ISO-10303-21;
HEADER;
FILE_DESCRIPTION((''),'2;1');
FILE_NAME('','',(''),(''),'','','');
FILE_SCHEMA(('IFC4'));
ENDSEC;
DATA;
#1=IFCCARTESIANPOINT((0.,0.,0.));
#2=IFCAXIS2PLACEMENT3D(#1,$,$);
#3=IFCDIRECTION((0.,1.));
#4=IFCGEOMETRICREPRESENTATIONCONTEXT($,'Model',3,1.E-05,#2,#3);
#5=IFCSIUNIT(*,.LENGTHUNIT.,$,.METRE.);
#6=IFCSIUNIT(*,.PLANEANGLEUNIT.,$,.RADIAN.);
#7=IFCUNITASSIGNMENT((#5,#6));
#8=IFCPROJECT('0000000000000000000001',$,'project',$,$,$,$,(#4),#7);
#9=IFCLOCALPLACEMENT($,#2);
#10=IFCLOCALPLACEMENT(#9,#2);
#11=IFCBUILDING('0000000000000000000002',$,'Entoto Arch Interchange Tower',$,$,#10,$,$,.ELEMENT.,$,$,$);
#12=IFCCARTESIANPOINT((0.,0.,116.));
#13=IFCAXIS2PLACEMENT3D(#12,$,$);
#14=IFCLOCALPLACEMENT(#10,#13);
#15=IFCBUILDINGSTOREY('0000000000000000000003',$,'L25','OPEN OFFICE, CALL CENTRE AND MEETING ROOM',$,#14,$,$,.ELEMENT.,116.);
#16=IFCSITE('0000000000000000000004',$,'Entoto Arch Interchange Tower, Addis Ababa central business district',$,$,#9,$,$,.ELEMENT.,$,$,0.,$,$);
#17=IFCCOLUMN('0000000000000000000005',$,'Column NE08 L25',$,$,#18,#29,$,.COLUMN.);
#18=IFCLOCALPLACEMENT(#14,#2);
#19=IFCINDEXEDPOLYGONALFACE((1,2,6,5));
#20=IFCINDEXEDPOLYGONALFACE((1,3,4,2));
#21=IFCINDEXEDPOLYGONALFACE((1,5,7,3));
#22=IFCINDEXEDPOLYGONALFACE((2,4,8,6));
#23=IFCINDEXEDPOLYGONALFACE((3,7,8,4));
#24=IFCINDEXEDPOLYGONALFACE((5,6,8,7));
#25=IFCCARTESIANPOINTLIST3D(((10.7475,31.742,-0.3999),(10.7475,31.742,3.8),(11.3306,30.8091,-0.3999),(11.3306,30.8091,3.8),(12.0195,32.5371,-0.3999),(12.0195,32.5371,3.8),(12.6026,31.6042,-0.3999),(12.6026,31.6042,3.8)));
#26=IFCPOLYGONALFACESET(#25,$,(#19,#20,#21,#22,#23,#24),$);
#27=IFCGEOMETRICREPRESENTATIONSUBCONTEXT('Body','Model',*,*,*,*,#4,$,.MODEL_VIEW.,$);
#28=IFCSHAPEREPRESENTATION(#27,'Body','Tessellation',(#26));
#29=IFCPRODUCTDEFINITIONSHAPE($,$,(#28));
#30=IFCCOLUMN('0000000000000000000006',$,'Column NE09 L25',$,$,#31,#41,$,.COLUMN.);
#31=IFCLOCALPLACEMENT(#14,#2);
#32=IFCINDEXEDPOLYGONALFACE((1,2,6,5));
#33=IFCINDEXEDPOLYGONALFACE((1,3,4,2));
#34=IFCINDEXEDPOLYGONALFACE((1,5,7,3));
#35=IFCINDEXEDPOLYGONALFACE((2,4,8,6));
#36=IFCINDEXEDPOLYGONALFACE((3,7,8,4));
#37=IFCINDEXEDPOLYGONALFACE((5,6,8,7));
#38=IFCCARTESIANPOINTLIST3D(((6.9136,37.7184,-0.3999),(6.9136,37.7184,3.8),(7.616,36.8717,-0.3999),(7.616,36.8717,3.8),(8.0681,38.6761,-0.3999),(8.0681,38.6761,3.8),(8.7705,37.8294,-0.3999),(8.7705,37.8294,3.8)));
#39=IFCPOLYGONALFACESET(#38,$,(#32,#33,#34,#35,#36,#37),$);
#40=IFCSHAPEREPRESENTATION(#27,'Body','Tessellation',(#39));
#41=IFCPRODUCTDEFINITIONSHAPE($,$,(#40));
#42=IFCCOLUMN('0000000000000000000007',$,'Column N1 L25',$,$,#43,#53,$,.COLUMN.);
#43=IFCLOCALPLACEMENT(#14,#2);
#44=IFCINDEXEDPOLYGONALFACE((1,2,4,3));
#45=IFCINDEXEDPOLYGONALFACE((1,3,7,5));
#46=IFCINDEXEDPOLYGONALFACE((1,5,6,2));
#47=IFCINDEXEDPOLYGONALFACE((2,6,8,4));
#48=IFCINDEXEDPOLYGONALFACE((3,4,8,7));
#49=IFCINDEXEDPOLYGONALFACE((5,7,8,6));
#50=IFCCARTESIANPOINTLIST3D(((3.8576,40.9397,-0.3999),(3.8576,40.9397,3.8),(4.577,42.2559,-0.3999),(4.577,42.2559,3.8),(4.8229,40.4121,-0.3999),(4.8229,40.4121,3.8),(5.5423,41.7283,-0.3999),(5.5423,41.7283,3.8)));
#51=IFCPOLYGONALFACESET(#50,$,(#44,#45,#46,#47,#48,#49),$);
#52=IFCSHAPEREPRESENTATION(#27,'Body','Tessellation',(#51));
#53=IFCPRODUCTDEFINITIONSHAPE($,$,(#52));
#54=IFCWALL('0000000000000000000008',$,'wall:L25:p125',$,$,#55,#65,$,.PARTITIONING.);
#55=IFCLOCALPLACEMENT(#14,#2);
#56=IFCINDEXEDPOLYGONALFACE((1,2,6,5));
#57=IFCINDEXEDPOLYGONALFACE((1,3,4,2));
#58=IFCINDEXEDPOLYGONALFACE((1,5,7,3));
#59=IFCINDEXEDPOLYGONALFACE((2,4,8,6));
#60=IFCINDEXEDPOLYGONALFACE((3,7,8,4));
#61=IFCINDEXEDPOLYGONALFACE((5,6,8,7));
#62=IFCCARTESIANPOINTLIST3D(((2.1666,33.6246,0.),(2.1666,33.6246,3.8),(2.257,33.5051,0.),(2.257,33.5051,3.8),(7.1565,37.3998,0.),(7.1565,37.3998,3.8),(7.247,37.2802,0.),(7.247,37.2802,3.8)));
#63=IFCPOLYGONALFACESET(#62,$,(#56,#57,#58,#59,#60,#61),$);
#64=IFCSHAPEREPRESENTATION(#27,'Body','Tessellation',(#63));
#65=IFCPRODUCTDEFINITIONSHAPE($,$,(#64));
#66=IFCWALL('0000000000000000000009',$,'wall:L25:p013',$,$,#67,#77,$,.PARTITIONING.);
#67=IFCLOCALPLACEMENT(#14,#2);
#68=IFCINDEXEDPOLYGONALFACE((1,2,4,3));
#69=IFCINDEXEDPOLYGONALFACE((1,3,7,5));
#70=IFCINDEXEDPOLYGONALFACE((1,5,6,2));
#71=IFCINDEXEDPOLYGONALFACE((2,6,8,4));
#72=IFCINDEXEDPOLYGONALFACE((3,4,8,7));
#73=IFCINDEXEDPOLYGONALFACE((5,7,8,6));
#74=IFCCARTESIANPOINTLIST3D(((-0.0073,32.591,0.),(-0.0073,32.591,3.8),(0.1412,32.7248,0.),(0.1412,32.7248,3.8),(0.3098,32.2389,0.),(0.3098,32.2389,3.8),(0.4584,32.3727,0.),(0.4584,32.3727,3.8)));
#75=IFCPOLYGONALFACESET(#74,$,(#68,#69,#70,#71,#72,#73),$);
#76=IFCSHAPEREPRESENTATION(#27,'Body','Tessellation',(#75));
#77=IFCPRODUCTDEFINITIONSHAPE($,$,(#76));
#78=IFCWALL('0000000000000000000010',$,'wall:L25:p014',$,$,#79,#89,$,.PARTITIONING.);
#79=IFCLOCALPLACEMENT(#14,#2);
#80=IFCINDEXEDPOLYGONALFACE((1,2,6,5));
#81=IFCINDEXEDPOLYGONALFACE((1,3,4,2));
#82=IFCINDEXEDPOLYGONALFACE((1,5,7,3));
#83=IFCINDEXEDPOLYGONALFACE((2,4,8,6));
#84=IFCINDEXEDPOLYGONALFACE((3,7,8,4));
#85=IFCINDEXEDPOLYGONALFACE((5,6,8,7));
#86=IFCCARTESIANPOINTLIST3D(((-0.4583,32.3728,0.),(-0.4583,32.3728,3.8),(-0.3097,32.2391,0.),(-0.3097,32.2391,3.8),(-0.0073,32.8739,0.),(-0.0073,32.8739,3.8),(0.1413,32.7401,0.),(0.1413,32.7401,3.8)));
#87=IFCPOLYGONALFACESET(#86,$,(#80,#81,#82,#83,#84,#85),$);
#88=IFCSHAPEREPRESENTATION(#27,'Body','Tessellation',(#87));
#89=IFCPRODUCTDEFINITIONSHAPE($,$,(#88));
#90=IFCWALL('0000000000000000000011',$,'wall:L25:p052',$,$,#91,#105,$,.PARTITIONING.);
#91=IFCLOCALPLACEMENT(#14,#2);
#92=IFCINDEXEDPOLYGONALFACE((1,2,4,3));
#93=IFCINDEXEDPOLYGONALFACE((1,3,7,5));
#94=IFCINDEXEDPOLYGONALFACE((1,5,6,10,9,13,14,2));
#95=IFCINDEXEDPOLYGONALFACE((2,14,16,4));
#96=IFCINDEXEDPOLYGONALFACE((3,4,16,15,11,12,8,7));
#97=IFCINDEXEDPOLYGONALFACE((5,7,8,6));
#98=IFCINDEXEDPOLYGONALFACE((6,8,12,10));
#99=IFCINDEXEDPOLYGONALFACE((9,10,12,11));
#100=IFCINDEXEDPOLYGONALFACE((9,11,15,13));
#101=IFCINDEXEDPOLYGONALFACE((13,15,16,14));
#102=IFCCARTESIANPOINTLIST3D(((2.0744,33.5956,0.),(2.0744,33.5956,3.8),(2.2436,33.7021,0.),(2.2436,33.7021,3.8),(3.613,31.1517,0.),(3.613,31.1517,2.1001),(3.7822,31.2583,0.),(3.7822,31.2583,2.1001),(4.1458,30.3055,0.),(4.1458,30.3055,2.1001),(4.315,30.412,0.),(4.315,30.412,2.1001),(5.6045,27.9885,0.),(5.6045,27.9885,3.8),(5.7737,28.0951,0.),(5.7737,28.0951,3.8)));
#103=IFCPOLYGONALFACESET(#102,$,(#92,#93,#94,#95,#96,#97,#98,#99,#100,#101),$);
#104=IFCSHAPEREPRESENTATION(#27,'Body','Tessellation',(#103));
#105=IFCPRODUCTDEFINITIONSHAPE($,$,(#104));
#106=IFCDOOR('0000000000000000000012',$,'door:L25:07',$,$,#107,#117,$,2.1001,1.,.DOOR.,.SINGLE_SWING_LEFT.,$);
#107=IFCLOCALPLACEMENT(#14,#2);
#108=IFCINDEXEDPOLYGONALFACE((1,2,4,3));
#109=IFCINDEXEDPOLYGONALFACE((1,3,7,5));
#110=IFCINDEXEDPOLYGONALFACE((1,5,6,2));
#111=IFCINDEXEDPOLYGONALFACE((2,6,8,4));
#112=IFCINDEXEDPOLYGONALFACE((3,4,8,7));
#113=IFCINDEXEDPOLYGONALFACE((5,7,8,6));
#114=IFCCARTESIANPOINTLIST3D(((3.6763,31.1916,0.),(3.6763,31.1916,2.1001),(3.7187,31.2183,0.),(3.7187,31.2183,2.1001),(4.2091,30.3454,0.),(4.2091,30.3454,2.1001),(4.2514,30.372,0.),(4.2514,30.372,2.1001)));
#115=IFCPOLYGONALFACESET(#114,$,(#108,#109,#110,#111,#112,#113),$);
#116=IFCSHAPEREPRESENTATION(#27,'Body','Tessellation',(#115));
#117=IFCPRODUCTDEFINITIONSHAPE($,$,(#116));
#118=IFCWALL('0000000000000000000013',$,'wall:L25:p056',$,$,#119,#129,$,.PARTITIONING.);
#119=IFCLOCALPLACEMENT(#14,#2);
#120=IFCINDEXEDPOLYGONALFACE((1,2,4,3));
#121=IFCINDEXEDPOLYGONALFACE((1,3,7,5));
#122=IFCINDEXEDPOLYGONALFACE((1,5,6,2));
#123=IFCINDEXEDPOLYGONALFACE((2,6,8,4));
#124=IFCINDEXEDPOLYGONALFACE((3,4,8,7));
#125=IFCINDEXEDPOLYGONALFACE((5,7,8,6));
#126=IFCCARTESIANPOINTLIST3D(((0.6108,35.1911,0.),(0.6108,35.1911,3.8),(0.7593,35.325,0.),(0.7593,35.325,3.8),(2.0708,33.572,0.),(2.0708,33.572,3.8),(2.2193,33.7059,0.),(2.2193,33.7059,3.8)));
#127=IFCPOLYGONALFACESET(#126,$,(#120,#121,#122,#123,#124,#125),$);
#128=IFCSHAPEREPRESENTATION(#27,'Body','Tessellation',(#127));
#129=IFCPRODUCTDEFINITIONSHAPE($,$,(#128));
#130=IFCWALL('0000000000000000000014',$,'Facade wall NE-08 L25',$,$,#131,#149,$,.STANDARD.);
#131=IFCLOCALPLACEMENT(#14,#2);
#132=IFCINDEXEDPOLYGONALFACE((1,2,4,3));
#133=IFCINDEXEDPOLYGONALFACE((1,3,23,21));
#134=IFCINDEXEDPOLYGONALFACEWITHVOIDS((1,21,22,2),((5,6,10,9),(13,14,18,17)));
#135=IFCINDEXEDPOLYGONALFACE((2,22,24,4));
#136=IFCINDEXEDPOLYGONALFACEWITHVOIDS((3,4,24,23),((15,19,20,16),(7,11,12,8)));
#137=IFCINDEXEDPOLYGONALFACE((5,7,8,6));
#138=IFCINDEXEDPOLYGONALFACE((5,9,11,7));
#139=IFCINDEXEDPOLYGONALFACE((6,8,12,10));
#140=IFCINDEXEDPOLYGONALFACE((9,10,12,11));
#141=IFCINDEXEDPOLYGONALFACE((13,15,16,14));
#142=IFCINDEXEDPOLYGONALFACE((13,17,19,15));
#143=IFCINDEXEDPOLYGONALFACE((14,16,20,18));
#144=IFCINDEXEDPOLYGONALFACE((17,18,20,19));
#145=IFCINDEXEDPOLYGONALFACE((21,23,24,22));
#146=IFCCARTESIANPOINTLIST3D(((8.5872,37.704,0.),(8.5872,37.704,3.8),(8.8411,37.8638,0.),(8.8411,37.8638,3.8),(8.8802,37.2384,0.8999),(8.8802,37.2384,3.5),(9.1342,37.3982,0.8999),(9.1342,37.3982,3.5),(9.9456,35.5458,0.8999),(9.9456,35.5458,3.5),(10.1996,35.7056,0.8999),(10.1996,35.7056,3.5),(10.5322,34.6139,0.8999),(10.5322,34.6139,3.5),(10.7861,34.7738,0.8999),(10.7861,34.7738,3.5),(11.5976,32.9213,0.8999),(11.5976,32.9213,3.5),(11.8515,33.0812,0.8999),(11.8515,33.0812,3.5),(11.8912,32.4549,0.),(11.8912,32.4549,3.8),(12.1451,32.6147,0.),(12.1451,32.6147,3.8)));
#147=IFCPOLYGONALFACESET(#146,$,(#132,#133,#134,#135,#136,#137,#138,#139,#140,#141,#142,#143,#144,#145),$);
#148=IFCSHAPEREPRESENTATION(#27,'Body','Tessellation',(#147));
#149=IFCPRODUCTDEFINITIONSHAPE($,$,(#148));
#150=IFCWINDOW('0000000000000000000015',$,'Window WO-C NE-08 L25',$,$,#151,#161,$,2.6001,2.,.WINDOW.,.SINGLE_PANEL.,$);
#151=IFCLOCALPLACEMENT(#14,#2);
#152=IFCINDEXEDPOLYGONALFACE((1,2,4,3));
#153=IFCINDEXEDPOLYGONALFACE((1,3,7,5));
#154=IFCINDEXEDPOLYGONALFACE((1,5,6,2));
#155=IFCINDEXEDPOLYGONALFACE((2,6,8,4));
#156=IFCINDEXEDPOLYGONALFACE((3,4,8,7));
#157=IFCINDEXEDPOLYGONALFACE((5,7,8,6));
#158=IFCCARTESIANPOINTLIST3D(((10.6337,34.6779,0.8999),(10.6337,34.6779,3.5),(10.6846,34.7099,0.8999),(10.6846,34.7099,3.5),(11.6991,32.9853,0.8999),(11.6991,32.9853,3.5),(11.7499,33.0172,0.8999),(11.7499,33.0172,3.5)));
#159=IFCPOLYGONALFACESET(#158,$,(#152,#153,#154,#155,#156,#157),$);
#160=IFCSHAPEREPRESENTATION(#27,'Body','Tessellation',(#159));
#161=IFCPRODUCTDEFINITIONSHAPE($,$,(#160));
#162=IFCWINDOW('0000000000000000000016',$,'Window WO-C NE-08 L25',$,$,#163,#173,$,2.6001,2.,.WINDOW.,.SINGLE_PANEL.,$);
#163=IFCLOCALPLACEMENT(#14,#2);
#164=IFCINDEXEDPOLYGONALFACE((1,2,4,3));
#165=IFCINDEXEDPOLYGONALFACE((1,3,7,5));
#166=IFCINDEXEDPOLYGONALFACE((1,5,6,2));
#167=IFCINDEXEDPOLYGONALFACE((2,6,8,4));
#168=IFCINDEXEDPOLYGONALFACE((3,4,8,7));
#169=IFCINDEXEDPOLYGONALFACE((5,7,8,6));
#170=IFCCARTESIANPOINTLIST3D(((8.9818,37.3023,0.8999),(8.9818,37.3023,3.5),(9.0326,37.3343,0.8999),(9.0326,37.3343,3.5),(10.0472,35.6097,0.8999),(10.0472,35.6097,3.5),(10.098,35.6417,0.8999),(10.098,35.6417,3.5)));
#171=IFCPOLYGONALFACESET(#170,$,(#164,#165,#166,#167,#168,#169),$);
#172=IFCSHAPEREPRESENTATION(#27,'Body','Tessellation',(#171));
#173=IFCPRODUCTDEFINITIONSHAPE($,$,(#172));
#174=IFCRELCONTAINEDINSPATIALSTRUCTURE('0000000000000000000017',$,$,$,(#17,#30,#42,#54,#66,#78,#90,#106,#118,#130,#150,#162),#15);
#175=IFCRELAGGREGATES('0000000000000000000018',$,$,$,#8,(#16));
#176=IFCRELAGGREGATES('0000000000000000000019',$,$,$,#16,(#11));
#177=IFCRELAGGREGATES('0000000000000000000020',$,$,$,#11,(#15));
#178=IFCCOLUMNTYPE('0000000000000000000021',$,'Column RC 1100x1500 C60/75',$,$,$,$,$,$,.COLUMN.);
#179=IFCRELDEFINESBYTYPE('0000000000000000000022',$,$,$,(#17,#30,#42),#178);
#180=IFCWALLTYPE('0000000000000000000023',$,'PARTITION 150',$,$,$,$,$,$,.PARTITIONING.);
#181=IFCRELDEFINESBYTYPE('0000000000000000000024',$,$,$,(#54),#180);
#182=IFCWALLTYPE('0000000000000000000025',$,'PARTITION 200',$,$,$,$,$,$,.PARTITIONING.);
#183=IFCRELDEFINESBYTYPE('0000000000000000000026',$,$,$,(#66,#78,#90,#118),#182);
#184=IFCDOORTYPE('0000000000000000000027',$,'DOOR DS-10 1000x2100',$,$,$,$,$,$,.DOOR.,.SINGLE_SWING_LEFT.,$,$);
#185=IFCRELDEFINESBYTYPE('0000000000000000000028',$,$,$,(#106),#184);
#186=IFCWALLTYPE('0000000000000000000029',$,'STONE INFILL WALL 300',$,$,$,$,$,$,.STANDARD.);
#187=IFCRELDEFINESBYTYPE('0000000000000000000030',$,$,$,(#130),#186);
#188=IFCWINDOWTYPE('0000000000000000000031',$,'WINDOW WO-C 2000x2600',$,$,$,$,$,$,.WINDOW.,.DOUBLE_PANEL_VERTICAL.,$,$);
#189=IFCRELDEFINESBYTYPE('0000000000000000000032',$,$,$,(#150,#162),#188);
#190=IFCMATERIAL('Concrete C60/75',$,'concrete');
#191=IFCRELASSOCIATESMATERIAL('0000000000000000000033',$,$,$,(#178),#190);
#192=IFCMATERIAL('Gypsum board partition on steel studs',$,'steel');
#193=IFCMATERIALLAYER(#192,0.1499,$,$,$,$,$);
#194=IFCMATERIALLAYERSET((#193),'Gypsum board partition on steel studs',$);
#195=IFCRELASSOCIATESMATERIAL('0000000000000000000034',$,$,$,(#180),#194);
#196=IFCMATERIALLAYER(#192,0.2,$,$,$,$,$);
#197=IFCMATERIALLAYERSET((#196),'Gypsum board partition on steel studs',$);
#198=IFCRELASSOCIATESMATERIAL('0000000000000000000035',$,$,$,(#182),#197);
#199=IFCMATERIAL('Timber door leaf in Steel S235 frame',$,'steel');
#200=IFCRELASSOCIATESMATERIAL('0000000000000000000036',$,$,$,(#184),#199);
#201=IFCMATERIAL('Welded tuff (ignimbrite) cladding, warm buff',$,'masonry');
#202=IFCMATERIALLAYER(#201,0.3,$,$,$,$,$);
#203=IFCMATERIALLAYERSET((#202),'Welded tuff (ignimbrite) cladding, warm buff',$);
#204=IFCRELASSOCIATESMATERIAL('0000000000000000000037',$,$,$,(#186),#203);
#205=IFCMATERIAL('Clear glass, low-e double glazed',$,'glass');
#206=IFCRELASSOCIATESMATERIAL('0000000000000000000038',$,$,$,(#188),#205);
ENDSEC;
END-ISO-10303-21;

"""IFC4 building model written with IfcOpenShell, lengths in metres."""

from ifc_helpers import new_model, si_unit, direction, frame, frame_2d, origin, origin_2d, place, context, subcontext, project, spatial, rectangle, extrude, material, layer, layer_set, material_profile, profile_set, type_object, element, fill, save


model = new_model("IFC4")

# Units and contexts
model_context = context("Model", 3, precision=1e-05, world=origin(), true_north=direction((0.0, 1.0)))
body_context = subcontext(model_context, "Body", "Model", "MODEL_VIEW")
ifc_project = project(units=[si_unit("LENGTHUNIT", "METRE"), si_unit("PLANEANGLEUNIT", "RADIAN")], contexts=[model_context])

# Site, building, storey
site_placement = place(None, origin())
site = spatial("IfcSite", under=ifc_project, at=site_placement, Name="Entoto Arch Interchange Tower, Addis Ababa central business district", CompositionType="ELEMENT", RefElevation=0.0)
building_placement = place(site_placement, origin())
building = spatial("IfcBuilding", under=site, at=building_placement, Name="Entoto Arch Interchange Tower", CompositionType="ELEMENT")
storey_placement = place(building_placement, frame((0.0, 0.0, 116.0)))
storey = spatial("IfcBuildingStorey", under=building, at=storey_placement, Name="L25", Description="OPEN OFFICE, CALL CENTRE AND MEETING ROOM", CompositionType="ELEMENT", Elevation=116.0)

# Columns
ifc_material_1 = material(Name="Concrete C60/75", Category="concrete")
ifc_material_profile = material_profile(ifc_material_1, rectangle(XDim=1.1001, YDim=1.5, at=origin_2d()))
ifc_profile_set = profile_set([ifc_material_profile], Name="Concrete C60/75")
column_type = type_object("IfcColumnType", Name="Column RC 1100x1500 C60/75", PredefinedType="COLUMN", material=ifc_profile_set)
for number, where, z_axis, x_axis, name in (
    (1, (11.675, 31.6731, -0.3999), (0.0, 0.0, 1.0), (-0.530067, 0.847956, 0.0), "Column NE08 L25"),
    (2, (7.842, 37.7739, -0.3999), (0.0, 0.0, 1.0), (-0.638459, 0.769656, 0.0), "Column NE09 L25"),
    (3, (4.7, 41.334, -0.3999), (0.0, 0.0, 1.0), (-0.877481, 0.479611, 0.0), "Column N1 L25"),
):
    element("IfcColumn", number, at=place(storey_placement, frame(where, z_axis=z_axis, x_axis=x_axis)), inside=storey, type_object=column_type, Name=name, PredefinedType="COLUMN", context=body_context, shape_type="SweptSolid", body=[
        extrude(rectangle(XDim=1.1001, YDim=1.5, at=origin_2d()), origin(), (0.0, 0.0, 1.0), 4.2),
    ])

# Walls
ifc_material_2 = material(Name="Gypsum board partition on steel studs", Category="steel")
ifc_layer_1 = layer(ifc_material_2, 0.1499)
ifc_layer_set_1 = layer_set([ifc_layer_1], Name="Gypsum board partition on steel studs")
wall_type_1 = type_object("IfcWallType", Name="PARTITION 150", PredefinedType="PARTITIONING", material=ifc_layer_set_1)
wall_1_placement = place(storey_placement, frame((2.2119, 33.5649, 0.0), z_axis=(0.0, 0.0, 1.0), x_axis=(0.797488, 0.603335, 0.0)))
element("IfcWall", 4, at=wall_1_placement, inside=storey, type_object=wall_type_1, Name="wall:L25:p125", PredefinedType="PARTITIONING", context=body_context, shape_type="SweptSolid", body=[
    extrude(rectangle(XDim=6.2571, YDim=0.1499, at=frame_2d((3.1284, 0.0))), origin(), (0.0, 0.0, 1.0), 3.8),
])
ifc_layer_2 = layer(ifc_material_2, 0.2)
ifc_layer_set_2 = layer_set([ifc_layer_2], Name="Gypsum board partition on steel studs")
wall_type_2 = type_object("IfcWallType", Name="PARTITION 200", PredefinedType="PARTITIONING", material=ifc_layer_set_2)
wall_2_placement = place(storey_placement, frame((0.384, 32.3059, 0.0), z_axis=(0.0, 0.0, 1.0), x_axis=(-0.669306, 0.742987, 0.0)))
element("IfcWall", 5, at=wall_2_placement, inside=storey, type_object=wall_type_2, Name="wall:L25:p013", PredefinedType="PARTITIONING", context=body_context, shape_type="SweptSolid", body=[
    extrude(rectangle(XDim=0.4739, YDim=0.2, at=frame_2d((0.2368, 0.0))), origin(), (0.0, 0.0, 1.0), 3.8),
])
wall_3_placement = place(storey_placement, frame((0.0669, 32.8069, 0.0), z_axis=(0.0, 0.0, 1.0), x_axis=(-0.669005, -0.743258, 0.0)))
element("IfcWall", 6, at=wall_3_placement, inside=storey, type_object=wall_type_2, Name="wall:L25:p014", PredefinedType="PARTITIONING", context=body_context, shape_type="SweptSolid", body=[
    extrude(rectangle(XDim=0.6741, YDim=0.2, at=frame_2d((0.3369, 0.0))), origin(), (0.0, 0.0, 1.0), 3.8),
])

# Wall, opening, door
wall_4_placement = place(storey_placement, frame((2.1589, 33.6489, 0.0), z_axis=(0.0, 0.0, 1.0), x_axis=(0.532785, -0.846251, 0.0)))
wall_4 = element("IfcWall", 7, at=wall_4_placement, inside=storey, type_object=wall_type_2, Name="wall:L25:p052", PredefinedType="PARTITIONING", context=body_context, shape_type="SweptSolid", body=[
    extrude(rectangle(XDim=6.6257, YDim=0.2, at=frame_2d((3.313, 0.0))), origin(), (0.0, 0.0, 1.0), 3.8),
])
opening_1_placement = place(wall_4_placement, frame((2.8879, 0.0, 0.0)))
opening_1 = element("IfcOpeningElement", 8, at=opening_1_placement, cuts=wall_4, PredefinedType="OPENING", context=body_context, shape_type="SweptSolid", body=[
    extrude(rectangle(XDim=1.0, YDim=2.1001, at=frame_2d((0.5, 1.05))), frame((0.0, 0.1099, 0.0), z_axis=(0.0, -1.0, 0.0), x_axis=(1.0, 0.0, 0.0)), (0.0, 0.0, 1.0), 0.22),
])
ifc_material_3 = material(Name="Timber door leaf in Steel S235 frame", Category="steel")
door_type = type_object("IfcDoorType", Name="DOOR DS-10 1000x2100", OperationType="SINGLE_SWING_LEFT", PredefinedType="DOOR", material=ifc_material_3)
door_placement = place(opening_1_placement, origin())
door = element("IfcDoor", 9, at=door_placement, inside=storey, type_object=door_type, Name="door:L25:07", OperationType="SINGLE_SWING_LEFT", OverallHeight=2.1001, OverallWidth=1.0, PredefinedType="DOOR", context=body_context, shape_type="SweptSolid", body=[
    extrude(rectangle(XDim=1.0, YDim=2.1001, at=frame_2d((0.5, 1.05))), frame((0.0, 0.0249, 0.0), z_axis=(0.0, -1.0, 0.0), x_axis=(1.0, 0.0, 0.0)), (0.0, 0.0, 1.0), 0.05),
])
fill(opening_1, door)

# Wall
wall_5_placement = place(storey_placement, frame((0.6851, 35.2581, 0.0), z_axis=(0.0, 0.0, 1.0), x_axis=(0.669657, -0.74267, 0.0)))
element("IfcWall", 10, at=wall_5_placement, inside=storey, type_object=wall_type_2, Name="wall:L25:p056", PredefinedType="PARTITIONING", context=body_context, shape_type="SweptSolid", body=[
    extrude(rectangle(XDim=2.1802, YDim=0.2, at=frame_2d((1.0901, 0.0))), origin(), (0.0, 0.0, 1.0), 3.8),
])

# Wall, openings, windows
ifc_material_4 = material(Name="Welded tuff (ignimbrite) cladding, warm buff", Category="masonry")
ifc_layer_3 = layer(ifc_material_4, 0.3)
ifc_layer_set_3 = layer_set([ifc_layer_3], Name="Welded tuff (ignimbrite) cladding, warm buff")
wall_type_3 = type_object("IfcWallType", Name="STONE INFILL WALL 300", PredefinedType="STANDARD", material=ifc_layer_set_3)
wall_6_placement = place(storey_placement, frame((12.0181, 32.5349, 0.0), z_axis=(0.0, 0.0, 1.0), x_axis=(-0.532699, 0.846304, 0.0)))
wall_6 = element("IfcWall", 11, at=wall_6_placement, inside=storey, type_object=wall_type_3, Name="Facade wall NE-08 L25", PredefinedType="STANDARD", context=body_context, shape_type="SweptSolid", body=[
    extrude(rectangle(XDim=6.2024, YDim=0.3, at=frame_2d((3.1011, 0.0))), origin(), (0.0, 0.0, 1.0), 3.8),
])
opening_2_placement = place(wall_6_placement, frame((0.551, 0.0, 0.8999)))
opening_2 = element("IfcOpeningElement", 12, at=opening_2_placement, cuts=wall_6, PredefinedType="OPENING", context=body_context, shape_type="SweptSolid", body=[
    extrude(rectangle(XDim=2.0, YDim=2.6001, at=frame_2d((1.0, 1.3))), frame((0.0, 0.1602, 0.0), z_axis=(0.0, -1.0, 0.0), x_axis=(1.0, 0.0, 0.0)), (0.0, 0.0, 1.0), 0.3201),
])
opening_3_placement = place(wall_6_placement, frame((3.6521, 0.0, 0.8999)))
opening_3 = element("IfcOpeningElement", 13, at=opening_3_placement, cuts=wall_6, PredefinedType="OPENING", context=body_context, shape_type="SweptSolid", body=[
    extrude(rectangle(XDim=2.0, YDim=2.6001, at=frame_2d((1.0, 1.3))), frame((0.0, 0.1602, 0.0), z_axis=(0.0, -1.0, 0.0), x_axis=(1.0, 0.0, 0.0)), (0.0, 0.0, 1.0), 0.3201),
])
ifc_material_5 = material(Name="Clear glass, low-e double glazed", Category="glass")
window_type_1 = type_object("IfcWindowType", Name="WINDOW WO-C 2000x2600", PartitioningType="DOUBLE_PANEL_VERTICAL", PredefinedType="WINDOW", material=ifc_material_5)
window_1_placement = place(opening_2_placement, origin())
window_1 = element("IfcWindow", 14, at=window_1_placement, inside=storey, type_object=window_type_1, Name="Window WO-C NE-08 L25", OverallHeight=2.6001, OverallWidth=2.0, PartitioningType="SINGLE_PANEL", PredefinedType="WINDOW", context=body_context, shape_type="SweptSolid", body=[
    extrude(rectangle(XDim=2.0, YDim=2.6001, at=frame_2d((1.0, 1.3))), frame((0.0, 0.03, 0.0), z_axis=(0.0, -1.0, 0.0), x_axis=(1.0, 0.0, 0.0)), (0.0, 0.0, 1.0), 0.0601),
])
fill(opening_2, window_1)
window_2_placement = place(opening_3_placement, origin())
window_2 = element("IfcWindow", 15, at=window_2_placement, inside=storey, type_object=window_type_1, Name="Window WO-C NE-08 L25", OverallHeight=2.6001, OverallWidth=2.0, PartitioningType="SINGLE_PANEL", PredefinedType="WINDOW", context=body_context, shape_type="SweptSolid", body=[
    extrude(rectangle(XDim=2.0, YDim=2.6001, at=frame_2d((1.0, 1.3))), frame((0.0, 0.03, 0.0), z_axis=(0.0, -1.0, 0.0), x_axis=(1.0, 0.0, 0.0)), (0.0, 0.0, 1.0), 0.0601),
])
fill(opening_3, window_2)

save(model, "model.ifc")
